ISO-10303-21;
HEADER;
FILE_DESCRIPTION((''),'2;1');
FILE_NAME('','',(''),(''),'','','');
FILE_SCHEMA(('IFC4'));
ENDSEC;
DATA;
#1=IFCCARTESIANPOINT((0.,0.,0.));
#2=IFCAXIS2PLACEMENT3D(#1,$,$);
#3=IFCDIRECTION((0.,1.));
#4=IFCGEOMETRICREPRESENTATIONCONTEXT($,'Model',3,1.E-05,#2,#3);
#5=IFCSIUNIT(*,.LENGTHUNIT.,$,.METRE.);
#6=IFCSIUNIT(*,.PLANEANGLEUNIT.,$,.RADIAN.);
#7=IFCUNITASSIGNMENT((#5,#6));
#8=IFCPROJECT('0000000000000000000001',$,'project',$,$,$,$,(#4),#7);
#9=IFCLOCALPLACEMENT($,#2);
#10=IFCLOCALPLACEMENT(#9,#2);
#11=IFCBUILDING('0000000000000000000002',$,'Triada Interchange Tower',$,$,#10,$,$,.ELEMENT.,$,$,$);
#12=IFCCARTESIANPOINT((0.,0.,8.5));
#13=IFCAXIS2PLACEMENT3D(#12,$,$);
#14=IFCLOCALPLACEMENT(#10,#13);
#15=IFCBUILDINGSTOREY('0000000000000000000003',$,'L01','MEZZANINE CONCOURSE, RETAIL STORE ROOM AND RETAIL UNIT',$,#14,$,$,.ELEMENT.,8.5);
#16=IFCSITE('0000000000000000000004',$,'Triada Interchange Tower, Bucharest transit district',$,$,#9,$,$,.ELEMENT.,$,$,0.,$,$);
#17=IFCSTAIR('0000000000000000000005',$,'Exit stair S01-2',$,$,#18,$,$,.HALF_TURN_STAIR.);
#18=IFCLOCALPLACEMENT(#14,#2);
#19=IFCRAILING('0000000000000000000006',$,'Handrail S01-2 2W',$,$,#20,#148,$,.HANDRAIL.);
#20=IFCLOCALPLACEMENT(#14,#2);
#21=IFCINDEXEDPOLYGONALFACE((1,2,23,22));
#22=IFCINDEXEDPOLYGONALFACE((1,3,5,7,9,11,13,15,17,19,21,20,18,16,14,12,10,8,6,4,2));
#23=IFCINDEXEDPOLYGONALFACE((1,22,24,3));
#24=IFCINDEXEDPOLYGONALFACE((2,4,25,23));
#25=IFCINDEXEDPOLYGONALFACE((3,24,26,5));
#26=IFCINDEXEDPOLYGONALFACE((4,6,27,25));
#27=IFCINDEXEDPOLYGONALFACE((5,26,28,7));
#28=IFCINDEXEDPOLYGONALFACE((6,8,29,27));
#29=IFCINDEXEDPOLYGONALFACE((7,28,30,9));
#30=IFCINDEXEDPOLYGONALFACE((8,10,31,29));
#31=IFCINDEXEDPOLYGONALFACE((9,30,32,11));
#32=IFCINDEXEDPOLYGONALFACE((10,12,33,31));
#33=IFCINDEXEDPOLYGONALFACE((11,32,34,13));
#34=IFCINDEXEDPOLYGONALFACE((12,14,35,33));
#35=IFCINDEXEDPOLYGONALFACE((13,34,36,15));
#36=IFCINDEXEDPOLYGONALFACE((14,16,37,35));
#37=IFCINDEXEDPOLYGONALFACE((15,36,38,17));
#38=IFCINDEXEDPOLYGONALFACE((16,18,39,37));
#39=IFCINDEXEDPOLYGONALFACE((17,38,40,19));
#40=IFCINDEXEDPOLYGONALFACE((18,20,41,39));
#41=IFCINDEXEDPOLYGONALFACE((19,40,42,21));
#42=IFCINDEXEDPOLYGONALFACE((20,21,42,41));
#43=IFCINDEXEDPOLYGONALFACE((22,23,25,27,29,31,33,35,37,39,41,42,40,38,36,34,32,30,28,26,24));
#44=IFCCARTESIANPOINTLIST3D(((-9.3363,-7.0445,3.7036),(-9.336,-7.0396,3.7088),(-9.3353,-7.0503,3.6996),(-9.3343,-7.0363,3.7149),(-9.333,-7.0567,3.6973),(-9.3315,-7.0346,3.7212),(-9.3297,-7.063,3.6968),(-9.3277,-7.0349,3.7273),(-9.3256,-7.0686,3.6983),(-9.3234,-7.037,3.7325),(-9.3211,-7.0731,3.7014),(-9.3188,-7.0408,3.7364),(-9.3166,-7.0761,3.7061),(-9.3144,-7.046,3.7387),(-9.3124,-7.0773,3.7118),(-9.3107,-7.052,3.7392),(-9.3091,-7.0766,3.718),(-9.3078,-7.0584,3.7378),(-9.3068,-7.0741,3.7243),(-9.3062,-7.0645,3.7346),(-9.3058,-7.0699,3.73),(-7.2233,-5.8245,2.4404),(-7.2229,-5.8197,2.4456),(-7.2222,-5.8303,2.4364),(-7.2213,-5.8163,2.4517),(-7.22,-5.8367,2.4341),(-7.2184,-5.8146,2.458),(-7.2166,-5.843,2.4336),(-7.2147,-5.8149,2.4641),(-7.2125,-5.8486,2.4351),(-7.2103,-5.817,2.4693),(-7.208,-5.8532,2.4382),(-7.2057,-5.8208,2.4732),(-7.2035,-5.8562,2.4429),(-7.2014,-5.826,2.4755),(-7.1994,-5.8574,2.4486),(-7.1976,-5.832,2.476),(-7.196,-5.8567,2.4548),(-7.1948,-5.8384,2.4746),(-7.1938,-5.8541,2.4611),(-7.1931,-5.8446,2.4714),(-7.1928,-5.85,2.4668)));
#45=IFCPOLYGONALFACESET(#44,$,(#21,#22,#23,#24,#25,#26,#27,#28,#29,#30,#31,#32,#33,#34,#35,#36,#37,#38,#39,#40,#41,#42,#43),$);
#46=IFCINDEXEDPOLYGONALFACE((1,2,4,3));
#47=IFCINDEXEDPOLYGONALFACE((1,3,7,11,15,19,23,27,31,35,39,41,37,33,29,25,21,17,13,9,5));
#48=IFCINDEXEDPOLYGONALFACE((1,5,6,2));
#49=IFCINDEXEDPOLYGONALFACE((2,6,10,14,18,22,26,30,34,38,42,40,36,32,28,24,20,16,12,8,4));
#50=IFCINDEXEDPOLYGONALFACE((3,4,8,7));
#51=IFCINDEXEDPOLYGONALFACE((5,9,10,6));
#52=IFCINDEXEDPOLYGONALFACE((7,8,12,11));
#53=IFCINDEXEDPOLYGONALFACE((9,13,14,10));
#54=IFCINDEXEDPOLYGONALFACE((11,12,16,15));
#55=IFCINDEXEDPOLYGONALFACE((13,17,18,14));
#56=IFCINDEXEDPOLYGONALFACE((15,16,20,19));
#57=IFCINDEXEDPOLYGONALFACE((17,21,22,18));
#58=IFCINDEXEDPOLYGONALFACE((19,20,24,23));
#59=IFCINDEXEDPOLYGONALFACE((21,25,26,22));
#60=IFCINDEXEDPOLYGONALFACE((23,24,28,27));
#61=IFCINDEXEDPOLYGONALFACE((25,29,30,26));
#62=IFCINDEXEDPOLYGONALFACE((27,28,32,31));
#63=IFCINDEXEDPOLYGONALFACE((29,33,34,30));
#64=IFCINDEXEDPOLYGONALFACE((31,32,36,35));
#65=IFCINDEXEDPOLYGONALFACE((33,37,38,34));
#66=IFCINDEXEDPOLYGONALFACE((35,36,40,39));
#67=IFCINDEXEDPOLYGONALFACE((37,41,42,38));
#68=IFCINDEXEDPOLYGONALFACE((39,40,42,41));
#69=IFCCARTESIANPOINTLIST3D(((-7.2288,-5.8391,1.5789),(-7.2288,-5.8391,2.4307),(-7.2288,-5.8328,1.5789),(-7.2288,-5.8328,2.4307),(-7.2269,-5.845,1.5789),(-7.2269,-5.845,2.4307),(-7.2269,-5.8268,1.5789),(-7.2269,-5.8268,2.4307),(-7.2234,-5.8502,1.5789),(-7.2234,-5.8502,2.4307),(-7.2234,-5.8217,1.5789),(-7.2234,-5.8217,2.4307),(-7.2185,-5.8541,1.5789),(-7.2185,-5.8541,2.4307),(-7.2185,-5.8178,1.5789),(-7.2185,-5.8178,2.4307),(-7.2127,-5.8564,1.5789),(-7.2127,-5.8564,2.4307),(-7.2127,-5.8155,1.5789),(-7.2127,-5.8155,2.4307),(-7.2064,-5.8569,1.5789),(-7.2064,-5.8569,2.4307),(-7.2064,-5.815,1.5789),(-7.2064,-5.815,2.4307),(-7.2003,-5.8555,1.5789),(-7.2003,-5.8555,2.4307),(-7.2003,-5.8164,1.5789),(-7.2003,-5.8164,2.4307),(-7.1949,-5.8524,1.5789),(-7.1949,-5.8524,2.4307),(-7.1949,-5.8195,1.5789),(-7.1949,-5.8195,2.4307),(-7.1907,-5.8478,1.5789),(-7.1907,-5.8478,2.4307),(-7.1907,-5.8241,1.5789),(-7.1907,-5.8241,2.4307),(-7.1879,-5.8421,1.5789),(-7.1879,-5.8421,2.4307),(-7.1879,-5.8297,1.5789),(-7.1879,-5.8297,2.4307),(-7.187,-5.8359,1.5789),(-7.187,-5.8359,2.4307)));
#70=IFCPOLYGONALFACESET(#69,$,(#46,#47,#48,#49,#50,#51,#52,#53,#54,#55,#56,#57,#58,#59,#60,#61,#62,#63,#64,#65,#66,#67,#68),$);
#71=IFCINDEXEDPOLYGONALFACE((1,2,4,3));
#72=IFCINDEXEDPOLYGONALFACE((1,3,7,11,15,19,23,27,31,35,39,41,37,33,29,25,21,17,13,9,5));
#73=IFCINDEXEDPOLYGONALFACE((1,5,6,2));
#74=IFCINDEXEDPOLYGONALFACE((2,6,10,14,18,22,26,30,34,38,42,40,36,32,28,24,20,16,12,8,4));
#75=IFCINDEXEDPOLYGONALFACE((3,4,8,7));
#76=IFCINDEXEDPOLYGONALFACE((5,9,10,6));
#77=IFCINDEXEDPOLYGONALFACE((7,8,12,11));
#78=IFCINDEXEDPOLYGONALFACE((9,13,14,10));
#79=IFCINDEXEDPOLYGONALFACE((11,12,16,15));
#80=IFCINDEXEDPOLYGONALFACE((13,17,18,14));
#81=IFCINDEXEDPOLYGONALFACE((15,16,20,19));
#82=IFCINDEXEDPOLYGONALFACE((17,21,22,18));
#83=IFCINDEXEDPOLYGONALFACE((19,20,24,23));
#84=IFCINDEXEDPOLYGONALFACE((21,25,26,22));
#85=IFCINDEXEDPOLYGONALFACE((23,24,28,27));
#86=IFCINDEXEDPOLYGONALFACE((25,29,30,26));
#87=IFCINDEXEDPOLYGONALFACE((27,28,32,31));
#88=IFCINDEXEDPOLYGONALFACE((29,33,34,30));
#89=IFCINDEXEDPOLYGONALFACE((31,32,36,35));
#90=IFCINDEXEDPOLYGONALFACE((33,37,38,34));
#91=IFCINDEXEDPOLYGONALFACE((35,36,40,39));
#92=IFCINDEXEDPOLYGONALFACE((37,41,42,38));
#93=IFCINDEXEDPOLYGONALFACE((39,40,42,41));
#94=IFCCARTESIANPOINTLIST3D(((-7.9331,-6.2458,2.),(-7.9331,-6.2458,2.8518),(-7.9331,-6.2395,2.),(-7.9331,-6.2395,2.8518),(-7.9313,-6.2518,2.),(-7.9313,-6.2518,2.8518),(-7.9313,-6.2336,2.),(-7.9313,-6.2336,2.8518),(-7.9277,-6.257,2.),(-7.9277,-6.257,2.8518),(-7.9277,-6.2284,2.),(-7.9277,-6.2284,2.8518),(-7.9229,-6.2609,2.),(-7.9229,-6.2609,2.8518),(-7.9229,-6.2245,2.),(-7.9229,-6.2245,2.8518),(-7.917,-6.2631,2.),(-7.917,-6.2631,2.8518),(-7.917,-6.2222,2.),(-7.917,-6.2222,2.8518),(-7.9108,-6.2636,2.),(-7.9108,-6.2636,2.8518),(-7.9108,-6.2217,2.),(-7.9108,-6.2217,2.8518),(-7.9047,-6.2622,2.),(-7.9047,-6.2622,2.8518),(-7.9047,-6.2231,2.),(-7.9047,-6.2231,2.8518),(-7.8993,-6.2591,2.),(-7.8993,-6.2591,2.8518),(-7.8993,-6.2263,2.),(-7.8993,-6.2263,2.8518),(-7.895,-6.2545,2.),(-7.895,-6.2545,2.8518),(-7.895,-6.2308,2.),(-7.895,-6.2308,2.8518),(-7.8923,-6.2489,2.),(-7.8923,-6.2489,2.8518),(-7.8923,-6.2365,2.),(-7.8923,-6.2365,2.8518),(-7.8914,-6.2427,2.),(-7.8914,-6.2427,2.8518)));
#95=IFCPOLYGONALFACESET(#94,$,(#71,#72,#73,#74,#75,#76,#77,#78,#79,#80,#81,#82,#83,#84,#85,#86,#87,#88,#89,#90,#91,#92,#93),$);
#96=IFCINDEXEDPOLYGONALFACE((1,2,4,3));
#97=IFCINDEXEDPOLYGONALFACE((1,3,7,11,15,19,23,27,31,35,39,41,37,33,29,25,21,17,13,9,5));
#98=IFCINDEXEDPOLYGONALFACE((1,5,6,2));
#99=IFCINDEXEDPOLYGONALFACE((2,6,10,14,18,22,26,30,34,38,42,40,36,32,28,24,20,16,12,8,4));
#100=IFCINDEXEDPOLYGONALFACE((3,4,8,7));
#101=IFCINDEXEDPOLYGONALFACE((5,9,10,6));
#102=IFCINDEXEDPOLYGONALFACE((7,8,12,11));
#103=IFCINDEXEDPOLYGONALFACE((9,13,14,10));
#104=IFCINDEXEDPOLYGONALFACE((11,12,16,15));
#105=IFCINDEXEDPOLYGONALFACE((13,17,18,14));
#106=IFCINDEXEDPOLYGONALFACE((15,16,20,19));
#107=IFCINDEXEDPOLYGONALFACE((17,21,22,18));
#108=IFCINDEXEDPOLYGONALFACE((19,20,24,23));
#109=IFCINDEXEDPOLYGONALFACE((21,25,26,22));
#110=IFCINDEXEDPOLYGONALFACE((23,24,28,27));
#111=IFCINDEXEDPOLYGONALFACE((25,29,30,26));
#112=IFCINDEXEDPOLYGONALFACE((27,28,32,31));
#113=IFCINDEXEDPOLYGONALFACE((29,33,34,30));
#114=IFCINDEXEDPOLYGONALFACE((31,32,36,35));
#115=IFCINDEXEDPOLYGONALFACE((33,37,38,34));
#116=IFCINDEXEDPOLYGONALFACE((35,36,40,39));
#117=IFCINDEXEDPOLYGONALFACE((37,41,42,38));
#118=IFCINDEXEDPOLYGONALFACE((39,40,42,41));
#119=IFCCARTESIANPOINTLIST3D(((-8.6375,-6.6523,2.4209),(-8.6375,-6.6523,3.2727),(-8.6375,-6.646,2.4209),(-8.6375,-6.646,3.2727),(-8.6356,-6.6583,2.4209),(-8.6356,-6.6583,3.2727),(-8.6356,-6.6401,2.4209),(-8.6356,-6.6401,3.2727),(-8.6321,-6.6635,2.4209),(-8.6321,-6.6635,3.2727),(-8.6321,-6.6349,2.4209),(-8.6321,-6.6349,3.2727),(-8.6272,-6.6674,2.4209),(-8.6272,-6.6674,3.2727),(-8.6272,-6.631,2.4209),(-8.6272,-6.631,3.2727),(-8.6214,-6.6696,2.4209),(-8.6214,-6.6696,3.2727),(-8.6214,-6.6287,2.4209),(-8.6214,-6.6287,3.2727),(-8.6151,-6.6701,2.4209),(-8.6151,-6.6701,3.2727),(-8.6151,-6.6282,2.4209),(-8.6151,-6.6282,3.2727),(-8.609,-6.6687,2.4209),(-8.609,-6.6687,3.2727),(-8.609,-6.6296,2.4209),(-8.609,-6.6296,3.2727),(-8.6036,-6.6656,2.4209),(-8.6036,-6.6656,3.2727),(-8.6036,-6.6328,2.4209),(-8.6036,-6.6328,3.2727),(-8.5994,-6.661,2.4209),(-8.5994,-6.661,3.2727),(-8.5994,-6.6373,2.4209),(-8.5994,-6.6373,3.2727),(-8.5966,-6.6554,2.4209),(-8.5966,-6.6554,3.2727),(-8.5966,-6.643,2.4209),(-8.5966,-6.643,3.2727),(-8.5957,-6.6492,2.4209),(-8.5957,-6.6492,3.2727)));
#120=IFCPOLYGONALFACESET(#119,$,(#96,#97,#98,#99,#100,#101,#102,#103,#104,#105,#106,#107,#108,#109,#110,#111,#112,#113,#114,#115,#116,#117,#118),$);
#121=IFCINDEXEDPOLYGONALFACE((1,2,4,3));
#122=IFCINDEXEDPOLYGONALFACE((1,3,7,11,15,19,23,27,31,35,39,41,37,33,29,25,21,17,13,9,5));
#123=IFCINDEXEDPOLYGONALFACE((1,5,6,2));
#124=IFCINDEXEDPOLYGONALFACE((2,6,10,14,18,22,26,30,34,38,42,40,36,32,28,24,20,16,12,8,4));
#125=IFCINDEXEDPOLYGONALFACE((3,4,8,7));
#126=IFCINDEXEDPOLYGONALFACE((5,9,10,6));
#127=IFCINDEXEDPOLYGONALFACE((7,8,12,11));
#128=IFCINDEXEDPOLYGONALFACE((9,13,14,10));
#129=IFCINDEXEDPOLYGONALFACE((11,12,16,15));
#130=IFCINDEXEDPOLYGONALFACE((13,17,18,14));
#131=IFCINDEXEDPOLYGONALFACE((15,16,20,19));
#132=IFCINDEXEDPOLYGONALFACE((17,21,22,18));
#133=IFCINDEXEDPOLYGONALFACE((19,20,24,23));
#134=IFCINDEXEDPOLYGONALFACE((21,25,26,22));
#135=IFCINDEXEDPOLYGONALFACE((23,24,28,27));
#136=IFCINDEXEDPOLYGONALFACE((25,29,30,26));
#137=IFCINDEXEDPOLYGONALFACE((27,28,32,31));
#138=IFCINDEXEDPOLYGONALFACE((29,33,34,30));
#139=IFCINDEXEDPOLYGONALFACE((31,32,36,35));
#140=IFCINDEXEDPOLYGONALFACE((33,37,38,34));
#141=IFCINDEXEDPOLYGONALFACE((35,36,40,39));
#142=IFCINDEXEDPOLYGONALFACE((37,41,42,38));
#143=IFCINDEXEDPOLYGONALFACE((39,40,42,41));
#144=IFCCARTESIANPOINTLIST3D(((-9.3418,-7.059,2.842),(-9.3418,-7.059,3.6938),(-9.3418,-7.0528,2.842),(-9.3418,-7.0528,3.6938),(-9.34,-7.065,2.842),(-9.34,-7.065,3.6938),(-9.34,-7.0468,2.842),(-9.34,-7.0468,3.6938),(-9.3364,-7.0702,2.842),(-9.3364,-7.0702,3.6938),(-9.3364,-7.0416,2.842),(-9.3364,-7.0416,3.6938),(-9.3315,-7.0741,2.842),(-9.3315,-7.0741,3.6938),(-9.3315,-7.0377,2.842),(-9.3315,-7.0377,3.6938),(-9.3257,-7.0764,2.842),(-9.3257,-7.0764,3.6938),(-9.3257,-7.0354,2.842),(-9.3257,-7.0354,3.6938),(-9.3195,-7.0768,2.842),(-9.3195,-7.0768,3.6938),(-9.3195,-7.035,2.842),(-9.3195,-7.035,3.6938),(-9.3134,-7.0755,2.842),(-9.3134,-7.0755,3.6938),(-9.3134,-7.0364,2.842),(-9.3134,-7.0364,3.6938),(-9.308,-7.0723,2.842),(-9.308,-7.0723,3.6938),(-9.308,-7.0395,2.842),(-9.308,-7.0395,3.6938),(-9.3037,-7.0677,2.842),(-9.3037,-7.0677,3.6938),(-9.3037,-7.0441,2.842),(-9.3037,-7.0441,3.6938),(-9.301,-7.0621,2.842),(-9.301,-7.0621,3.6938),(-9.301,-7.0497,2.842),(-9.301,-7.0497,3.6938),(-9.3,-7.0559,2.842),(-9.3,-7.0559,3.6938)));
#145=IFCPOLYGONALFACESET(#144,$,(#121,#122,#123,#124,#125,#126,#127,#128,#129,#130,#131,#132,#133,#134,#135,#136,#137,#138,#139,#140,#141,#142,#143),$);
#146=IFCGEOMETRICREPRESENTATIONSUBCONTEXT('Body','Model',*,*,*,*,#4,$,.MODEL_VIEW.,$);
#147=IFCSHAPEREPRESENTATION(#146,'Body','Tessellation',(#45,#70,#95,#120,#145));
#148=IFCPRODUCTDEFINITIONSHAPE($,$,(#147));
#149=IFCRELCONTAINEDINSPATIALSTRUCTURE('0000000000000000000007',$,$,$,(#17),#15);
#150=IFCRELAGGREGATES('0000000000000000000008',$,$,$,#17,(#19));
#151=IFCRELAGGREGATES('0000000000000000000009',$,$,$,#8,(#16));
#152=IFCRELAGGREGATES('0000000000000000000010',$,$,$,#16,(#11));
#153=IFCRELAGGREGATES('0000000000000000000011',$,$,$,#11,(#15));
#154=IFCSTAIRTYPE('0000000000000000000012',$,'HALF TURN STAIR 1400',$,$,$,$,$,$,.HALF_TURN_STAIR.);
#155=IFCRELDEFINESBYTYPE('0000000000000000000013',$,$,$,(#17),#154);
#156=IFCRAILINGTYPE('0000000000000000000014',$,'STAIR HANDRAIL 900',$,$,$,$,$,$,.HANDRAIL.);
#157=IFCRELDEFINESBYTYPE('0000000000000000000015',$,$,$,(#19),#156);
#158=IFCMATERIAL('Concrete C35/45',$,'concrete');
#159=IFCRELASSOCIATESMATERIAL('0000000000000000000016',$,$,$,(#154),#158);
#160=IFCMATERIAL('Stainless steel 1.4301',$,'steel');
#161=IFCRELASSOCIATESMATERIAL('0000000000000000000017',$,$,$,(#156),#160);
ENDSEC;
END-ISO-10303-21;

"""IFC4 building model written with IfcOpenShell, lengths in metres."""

from ifc_helpers import new_model, si_unit, direction, frame, origin, origin_2d, place, context, subcontext, project, spatial, circle, extrude, material, type_object, element, aggregate, save


model = new_model("IFC4")

# Units and contexts
model_context = context("Model", 3, precision=1e-05, world=origin(), true_north=direction((0.0, 1.0)))
body_context = subcontext(model_context, "Body", "Model", "MODEL_VIEW")
ifc_project = project(units=[si_unit("LENGTHUNIT", "METRE"), si_unit("PLANEANGLEUNIT", "RADIAN")], contexts=[model_context])

# Site, building, storey
site_placement = place(None, origin())
site = spatial("IfcSite", under=ifc_project, at=site_placement, Name="Triada Interchange Tower, Bucharest transit district", CompositionType="ELEMENT", RefElevation=0.0)
building_placement = place(site_placement, origin())
building = spatial("IfcBuilding", under=site, at=building_placement, Name="Triada Interchange Tower", CompositionType="ELEMENT")
storey_placement = place(building_placement, frame((0.0, 0.0, 8.5)))
storey = spatial("IfcBuildingStorey", under=building, at=storey_placement, Name="L01", Description="MEZZANINE CONCOURSE, RETAIL STORE ROOM AND RETAIL UNIT", CompositionType="ELEMENT", Elevation=8.5)

# Shared definitions
ifc_material_1 = material(Name="Concrete C35/45", Category="concrete")
stair_type = type_object("IfcStairType", Name="HALF TURN STAIR 1400", PredefinedType="HALF_TURN_STAIR", material=ifc_material_1)

# Stair
stair_1_placement = place(storey_placement, origin())
stair_1 = element("IfcStair", 1, at=stair_1_placement, inside=storey, type_object=stair_type, Name="Exit stair S01-2", PredefinedType="HALF_TURN_STAIR")

# Railing
ifc_material_2 = material(Name="Stainless steel 1.4301", Category="steel")
railing_type = type_object("IfcRailingType", Name="STAIR HANDRAIL 900", PredefinedType="HANDRAIL", material=ifc_material_2)
railing_1_placement = place(storey_placement, frame((-7.208, -5.8359, 1.5789)))
railing_1 = element("IfcRailing", 2, at=railing_1_placement, type_object=railing_type, Name="Handrail S01-2 2W", PredefinedType="HANDRAIL", context=body_context, shape_type="SweptSolid", body=[
    extrude(circle(Radius=0.0239, at=origin_2d()), frame((0.0, 0.0, 0.876), z_axis=(-0.76907, -0.444026, 0.459753), x_axis=(0.500003, -0.866024, 0.0)), (0.0, 0.0, 1.0), 2.7476),
    extrude(circle(Radius=0.021, at=origin_2d()), origin(), (0.0, 0.0, 1.0), 0.8518),
    extrude(circle(Radius=0.021, at=origin_2d()), frame((-0.7043, -0.4067, 0.4211)), (0.0, 0.0, 1.0), 0.8518),
    extrude(circle(Radius=0.021, at=origin_2d()), frame((-1.4087, -0.8132, 0.842)), (0.0, 0.0, 1.0), 0.8518),
    extrude(circle(Radius=0.021, at=origin_2d()), frame((-2.113, -1.22, 1.2632)), (0.0, 0.0, 1.0), 0.8518),
])
aggregate(stair_1, [railing_1])

save(model, "model.ifc")
